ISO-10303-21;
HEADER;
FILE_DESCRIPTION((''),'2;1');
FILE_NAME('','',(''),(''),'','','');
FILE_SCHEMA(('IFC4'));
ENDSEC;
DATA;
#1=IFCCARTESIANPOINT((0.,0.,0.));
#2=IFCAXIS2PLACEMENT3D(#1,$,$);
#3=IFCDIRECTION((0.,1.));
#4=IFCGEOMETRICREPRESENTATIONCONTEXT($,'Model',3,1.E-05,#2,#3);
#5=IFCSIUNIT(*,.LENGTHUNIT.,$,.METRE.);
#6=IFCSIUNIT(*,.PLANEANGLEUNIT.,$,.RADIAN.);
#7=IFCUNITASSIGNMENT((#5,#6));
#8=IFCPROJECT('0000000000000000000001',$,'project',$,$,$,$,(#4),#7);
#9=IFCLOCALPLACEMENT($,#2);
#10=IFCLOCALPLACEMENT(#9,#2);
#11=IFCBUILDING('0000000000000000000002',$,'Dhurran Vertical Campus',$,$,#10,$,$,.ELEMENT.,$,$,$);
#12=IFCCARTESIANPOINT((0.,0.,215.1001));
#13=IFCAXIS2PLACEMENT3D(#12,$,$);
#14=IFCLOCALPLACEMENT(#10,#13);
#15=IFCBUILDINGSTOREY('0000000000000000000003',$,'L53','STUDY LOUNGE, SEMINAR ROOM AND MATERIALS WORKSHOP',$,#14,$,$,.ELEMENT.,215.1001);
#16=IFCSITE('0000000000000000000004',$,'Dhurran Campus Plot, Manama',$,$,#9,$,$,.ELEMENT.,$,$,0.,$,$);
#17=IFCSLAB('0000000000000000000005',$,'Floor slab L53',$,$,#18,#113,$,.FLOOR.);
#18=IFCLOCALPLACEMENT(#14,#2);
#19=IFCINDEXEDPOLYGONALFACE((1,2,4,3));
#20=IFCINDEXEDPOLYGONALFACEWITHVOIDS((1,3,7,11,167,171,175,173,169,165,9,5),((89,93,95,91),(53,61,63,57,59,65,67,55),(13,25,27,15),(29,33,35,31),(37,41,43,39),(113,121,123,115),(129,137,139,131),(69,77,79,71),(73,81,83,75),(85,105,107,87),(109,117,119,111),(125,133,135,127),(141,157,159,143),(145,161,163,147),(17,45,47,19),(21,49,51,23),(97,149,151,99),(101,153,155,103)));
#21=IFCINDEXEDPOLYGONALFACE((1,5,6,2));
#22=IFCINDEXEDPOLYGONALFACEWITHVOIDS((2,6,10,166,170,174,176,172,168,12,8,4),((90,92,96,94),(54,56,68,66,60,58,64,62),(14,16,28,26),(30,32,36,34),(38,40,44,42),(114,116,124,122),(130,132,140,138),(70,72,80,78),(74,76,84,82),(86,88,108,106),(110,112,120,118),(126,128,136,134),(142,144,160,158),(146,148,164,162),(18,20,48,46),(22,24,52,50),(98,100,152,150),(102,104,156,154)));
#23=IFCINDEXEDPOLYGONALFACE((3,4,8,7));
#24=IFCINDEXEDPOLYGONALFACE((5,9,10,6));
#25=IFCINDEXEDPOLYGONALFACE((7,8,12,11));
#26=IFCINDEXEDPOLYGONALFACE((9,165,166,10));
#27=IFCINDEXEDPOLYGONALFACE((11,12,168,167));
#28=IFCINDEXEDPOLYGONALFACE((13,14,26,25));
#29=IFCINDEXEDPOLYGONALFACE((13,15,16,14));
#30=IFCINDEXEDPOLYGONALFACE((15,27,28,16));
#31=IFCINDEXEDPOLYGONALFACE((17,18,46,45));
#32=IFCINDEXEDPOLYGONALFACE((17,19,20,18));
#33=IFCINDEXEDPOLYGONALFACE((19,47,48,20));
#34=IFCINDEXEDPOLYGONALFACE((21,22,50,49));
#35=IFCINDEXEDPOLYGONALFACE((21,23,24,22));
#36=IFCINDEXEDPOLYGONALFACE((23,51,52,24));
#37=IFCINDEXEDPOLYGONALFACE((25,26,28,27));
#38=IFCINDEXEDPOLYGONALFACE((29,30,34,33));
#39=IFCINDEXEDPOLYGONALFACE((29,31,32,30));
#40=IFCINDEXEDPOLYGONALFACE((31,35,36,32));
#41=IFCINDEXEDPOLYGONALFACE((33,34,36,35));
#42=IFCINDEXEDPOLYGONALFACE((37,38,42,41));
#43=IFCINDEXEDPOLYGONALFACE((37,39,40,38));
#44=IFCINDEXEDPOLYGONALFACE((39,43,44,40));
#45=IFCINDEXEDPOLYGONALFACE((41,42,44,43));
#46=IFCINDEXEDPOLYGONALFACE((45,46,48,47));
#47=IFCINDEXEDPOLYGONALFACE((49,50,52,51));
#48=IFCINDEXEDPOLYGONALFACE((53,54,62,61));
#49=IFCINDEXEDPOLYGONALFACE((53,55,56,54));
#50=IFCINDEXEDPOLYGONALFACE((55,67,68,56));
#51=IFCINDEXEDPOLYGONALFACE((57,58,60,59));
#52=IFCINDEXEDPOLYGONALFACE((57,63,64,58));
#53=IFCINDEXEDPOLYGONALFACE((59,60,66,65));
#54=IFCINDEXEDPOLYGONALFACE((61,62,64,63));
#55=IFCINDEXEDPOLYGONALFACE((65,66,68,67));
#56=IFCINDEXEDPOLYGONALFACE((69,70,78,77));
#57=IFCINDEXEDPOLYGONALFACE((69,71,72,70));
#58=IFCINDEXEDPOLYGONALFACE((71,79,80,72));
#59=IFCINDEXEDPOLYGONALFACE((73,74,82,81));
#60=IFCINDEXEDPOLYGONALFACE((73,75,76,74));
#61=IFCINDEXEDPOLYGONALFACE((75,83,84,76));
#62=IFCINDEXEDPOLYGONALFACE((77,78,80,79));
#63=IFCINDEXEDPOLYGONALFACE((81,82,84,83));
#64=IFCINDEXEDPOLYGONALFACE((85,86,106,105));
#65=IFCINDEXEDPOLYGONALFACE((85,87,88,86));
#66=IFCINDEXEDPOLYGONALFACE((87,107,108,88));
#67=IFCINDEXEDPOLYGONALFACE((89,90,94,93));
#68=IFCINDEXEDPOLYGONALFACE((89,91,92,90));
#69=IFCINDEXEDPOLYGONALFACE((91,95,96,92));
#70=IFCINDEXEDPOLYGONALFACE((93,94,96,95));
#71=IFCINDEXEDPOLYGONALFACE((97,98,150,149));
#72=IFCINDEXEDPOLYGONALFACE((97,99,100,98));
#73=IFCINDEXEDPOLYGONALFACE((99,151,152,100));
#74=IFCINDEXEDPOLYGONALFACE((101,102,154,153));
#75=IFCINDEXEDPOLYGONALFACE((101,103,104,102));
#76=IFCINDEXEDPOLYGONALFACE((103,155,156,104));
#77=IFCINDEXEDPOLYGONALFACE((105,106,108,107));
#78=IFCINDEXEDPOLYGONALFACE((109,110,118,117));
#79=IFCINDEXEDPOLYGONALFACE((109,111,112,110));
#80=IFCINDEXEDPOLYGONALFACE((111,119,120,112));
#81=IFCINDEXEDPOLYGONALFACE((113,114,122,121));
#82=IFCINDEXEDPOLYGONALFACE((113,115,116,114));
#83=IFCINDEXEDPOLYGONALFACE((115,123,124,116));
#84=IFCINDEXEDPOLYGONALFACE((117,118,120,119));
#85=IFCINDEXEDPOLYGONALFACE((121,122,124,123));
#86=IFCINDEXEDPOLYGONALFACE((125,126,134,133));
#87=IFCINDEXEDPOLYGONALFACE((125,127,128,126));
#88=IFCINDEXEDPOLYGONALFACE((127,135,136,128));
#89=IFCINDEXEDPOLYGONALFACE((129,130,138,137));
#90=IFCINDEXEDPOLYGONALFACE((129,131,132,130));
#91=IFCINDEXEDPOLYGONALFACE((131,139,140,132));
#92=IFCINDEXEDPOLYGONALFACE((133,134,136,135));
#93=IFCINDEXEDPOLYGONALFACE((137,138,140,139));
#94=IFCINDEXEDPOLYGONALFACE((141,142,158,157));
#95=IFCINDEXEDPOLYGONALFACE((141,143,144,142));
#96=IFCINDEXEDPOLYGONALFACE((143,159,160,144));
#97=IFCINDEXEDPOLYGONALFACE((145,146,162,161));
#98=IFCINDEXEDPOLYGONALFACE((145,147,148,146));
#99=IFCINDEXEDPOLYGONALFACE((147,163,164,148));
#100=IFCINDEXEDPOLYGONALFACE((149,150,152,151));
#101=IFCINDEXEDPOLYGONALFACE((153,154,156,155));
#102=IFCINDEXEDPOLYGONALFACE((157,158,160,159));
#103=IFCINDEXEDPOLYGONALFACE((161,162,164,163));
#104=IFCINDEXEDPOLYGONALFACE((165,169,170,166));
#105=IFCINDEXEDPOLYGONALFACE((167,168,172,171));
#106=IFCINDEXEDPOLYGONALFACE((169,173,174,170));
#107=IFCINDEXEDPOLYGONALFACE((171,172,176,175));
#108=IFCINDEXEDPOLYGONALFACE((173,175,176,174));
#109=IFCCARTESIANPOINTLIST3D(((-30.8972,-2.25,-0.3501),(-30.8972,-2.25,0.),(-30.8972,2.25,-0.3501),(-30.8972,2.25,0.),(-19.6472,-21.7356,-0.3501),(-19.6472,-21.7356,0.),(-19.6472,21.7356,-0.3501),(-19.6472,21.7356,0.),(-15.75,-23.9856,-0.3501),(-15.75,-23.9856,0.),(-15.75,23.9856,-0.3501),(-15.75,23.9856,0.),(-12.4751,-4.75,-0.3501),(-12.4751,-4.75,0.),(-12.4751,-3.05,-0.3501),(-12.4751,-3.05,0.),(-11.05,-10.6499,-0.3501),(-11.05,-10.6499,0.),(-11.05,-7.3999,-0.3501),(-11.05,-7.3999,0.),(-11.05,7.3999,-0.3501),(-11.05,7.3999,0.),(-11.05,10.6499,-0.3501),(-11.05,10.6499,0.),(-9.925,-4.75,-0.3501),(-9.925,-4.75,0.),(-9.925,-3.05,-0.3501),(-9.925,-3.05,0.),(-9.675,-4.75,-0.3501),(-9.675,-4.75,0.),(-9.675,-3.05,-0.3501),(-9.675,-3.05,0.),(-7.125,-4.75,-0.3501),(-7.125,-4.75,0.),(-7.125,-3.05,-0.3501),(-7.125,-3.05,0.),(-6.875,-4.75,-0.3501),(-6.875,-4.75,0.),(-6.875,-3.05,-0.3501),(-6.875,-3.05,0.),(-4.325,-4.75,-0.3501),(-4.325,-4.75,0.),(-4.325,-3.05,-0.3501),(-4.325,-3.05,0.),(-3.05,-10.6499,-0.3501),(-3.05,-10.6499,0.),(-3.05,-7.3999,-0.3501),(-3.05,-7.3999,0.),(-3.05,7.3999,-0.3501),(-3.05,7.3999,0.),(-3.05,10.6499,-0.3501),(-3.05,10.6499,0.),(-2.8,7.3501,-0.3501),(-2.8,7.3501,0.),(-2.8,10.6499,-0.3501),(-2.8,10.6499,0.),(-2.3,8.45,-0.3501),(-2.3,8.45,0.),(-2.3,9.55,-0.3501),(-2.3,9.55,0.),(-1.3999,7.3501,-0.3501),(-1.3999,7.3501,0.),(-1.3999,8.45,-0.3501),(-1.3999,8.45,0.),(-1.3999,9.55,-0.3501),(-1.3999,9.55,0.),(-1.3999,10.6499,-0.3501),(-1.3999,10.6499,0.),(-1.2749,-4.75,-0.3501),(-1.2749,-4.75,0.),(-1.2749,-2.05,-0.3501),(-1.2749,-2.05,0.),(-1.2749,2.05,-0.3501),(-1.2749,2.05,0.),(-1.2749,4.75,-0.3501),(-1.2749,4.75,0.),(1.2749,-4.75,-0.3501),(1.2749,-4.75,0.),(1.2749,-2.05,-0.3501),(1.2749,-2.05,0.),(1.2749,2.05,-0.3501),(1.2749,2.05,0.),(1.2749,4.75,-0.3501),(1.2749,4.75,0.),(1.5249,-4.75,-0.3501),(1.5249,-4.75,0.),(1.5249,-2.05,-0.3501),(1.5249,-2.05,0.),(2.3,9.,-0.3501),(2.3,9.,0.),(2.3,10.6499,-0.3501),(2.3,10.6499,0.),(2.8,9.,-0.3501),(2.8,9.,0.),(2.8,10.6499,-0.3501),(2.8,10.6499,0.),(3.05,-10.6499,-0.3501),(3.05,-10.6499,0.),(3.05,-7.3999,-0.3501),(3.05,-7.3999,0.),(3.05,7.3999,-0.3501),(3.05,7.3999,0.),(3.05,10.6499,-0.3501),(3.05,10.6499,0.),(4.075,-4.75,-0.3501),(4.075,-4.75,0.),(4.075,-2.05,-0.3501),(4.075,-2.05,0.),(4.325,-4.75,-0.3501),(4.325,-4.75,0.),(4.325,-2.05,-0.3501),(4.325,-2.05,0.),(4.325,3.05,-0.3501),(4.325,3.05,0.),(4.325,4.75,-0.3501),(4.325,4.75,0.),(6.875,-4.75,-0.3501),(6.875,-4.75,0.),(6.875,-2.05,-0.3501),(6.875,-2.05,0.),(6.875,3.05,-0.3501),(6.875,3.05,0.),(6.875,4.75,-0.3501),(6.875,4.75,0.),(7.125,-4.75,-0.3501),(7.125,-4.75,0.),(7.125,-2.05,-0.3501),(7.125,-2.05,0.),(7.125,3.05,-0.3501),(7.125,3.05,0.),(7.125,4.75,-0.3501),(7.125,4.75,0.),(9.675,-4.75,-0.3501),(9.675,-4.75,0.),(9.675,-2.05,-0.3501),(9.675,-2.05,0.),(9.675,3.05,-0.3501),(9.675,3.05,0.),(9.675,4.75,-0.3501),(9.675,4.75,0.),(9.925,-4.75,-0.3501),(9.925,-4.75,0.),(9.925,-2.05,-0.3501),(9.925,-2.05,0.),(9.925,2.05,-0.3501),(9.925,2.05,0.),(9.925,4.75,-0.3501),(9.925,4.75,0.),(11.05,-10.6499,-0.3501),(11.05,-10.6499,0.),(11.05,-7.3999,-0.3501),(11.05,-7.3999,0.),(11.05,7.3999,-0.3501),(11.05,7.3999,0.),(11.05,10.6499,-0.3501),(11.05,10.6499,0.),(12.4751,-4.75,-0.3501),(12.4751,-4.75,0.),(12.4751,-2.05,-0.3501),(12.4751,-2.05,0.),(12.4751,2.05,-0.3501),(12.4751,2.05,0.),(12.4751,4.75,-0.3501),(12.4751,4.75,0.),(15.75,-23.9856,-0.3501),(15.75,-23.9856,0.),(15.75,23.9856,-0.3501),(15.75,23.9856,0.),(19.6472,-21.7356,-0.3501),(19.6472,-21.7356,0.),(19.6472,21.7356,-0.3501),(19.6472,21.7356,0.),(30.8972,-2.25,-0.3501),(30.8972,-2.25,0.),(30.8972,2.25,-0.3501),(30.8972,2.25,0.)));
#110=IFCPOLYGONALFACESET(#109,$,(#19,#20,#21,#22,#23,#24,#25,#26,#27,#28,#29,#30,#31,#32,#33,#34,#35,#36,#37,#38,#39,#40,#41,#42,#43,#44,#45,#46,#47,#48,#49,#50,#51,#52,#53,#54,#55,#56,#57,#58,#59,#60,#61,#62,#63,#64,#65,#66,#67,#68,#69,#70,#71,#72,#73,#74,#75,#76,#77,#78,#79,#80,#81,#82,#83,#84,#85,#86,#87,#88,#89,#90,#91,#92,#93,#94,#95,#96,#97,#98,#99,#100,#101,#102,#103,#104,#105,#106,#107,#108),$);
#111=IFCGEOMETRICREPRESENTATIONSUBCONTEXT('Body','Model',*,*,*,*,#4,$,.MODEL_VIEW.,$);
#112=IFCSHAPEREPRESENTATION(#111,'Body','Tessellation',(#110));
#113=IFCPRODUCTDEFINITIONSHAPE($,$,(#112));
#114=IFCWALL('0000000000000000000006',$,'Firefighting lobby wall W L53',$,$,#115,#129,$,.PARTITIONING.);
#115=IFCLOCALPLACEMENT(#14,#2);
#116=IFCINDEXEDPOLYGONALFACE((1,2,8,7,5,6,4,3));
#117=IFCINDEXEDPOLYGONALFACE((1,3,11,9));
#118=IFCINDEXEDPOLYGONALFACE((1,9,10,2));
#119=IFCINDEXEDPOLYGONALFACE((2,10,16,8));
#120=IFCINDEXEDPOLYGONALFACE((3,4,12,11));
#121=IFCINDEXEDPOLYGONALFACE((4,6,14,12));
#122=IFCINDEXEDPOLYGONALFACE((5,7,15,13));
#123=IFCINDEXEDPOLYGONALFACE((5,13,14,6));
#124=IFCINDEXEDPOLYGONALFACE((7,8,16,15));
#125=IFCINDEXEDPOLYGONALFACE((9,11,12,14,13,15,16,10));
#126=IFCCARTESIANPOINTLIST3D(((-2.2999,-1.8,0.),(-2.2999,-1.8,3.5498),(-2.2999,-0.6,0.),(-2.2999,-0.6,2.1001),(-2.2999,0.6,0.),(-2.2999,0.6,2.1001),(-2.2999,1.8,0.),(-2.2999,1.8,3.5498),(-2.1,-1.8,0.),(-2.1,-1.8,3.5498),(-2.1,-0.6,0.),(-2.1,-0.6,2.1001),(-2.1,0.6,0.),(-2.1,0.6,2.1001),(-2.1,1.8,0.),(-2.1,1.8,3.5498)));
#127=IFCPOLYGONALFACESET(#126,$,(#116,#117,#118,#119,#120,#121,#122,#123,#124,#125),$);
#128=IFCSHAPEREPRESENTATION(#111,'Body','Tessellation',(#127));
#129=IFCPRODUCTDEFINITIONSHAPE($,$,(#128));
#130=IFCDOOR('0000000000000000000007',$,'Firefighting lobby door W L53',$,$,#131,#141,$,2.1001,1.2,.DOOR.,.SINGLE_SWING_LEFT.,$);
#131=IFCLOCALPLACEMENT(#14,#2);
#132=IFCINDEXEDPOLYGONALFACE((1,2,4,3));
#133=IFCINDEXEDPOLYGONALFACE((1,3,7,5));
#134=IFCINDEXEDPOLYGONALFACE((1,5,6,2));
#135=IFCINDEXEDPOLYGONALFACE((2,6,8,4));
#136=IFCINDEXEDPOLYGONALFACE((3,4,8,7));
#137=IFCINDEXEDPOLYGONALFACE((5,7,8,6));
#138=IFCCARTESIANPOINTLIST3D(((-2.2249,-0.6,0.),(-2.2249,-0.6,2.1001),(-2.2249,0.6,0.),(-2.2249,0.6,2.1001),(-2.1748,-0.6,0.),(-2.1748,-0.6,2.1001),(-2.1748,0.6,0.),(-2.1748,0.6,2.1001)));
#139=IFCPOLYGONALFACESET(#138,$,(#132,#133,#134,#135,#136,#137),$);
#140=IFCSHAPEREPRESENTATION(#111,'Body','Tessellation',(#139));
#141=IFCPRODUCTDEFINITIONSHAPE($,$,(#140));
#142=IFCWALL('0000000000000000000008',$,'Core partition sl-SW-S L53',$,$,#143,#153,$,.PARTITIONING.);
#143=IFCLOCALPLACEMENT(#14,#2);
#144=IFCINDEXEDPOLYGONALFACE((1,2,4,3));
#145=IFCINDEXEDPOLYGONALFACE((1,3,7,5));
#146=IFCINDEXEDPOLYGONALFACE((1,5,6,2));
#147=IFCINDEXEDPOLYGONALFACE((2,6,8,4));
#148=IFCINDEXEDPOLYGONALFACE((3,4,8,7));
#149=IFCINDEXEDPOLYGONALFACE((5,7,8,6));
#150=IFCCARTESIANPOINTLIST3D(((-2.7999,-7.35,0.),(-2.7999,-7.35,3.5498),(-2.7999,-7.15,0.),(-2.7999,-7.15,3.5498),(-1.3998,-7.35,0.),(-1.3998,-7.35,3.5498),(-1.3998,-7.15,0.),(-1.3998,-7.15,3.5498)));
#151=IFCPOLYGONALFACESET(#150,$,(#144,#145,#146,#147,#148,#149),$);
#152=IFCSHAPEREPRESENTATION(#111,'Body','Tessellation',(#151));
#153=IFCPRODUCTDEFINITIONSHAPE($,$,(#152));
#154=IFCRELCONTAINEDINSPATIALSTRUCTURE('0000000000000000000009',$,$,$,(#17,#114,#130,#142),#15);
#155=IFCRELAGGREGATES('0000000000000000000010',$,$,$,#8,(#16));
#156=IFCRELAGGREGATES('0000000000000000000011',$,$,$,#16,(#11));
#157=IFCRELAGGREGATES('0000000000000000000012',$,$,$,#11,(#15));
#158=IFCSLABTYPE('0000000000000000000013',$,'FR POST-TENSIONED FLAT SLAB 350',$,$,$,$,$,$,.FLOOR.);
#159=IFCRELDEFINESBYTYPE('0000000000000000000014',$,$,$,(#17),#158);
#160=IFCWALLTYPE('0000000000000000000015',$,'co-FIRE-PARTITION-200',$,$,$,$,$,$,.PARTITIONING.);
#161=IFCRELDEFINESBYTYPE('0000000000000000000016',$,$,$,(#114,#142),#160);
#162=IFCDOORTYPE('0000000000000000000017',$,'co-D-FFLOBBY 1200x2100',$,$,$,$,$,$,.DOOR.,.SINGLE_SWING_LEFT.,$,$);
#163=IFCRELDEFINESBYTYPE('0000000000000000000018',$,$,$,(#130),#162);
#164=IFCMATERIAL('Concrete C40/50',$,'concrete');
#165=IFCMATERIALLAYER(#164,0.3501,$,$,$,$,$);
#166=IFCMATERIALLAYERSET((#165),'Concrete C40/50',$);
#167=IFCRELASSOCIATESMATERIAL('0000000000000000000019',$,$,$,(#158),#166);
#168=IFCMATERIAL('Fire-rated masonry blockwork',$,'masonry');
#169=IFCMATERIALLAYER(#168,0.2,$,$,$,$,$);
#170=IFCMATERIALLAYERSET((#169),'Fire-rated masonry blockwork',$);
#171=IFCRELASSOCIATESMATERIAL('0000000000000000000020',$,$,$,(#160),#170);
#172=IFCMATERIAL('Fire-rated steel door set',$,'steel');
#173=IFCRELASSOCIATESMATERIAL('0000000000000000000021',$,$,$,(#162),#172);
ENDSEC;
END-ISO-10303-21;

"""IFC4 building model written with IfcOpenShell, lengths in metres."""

from ifc_helpers import new_model, si_unit, direction, frame, frame_2d, origin, place, context, subcontext, project, spatial, polyline, rectangle, outline, extrude, material, layer, layer_set, type_object, element, fill, save


model = new_model("IFC4")

# Units and contexts
model_context = context("Model", 3, precision=1e-05, world=origin(), true_north=direction((0.0, 1.0)))
body_context = subcontext(model_context, "Body", "Model", "MODEL_VIEW")
ifc_project = project(units=[si_unit("LENGTHUNIT", "METRE"), si_unit("PLANEANGLEUNIT", "RADIAN")], contexts=[model_context])

# Site, building, storey
site_placement = place(None, origin())
site = spatial("IfcSite", under=ifc_project, at=site_placement, Name="Dhurran Campus Plot, Manama", CompositionType="ELEMENT", RefElevation=0.0)
building_placement = place(site_placement, origin())
building = spatial("IfcBuilding", under=site, at=building_placement, Name="Dhurran Vertical Campus", CompositionType="ELEMENT")
storey_placement = place(building_placement, frame((0.0, 0.0, 215.1001)))
storey = spatial("IfcBuildingStorey", under=building, at=storey_placement, Name="L53", Description="STUDY LOUNGE, SEMINAR ROOM AND MATERIALS WORKSHOP", CompositionType="ELEMENT", Elevation=215.1001)

# Slab
ifc_material_1 = material(Name="Concrete C40/50", Category="concrete")
ifc_layer_1 = layer(ifc_material_1, 0.3501)
ifc_layer_set_1 = layer_set([ifc_layer_1], Name="Concrete C40/50")
slab_type = type_object("IfcSlabType", Name="FR POST-TENSIONED FLAT SLAB 350", PredefinedType="FLOOR", material=ifc_layer_set_1)
slab_placement = place(storey_placement, frame((0.0, 0.0, -0.3501)))
element("IfcSlab", 1, at=slab_placement, inside=storey, type_object=slab_type, Name="Floor slab L53", PredefinedType="FLOOR", context=body_context, shape_type="SweptSolid", body=[
    extrude(outline(polyline([(-15.75, -23.9856), (15.75, -23.9856), (19.6472, -21.7356), (30.8972, -2.25), (30.8972, 2.25), (19.6472, 21.7356), (15.75, 23.9856), (-15.75, 23.9856), (-19.6472, 21.7356), (-30.8972, 2.25), (-30.8972, -2.25), (-19.6472, -21.7356), (-15.75, -23.9856)]), holes=[polyline([(-1.2749, 2.05), (1.2749, 2.05), (1.2749, 4.75), (-1.2749, 4.75), (-1.2749, 2.05)]), polyline([(9.925, 2.05), (12.4751, 2.05), (12.4751, 4.75), (9.925, 4.75), (9.925, 2.05)]), polyline([(-1.2749, -4.75), (1.2749, -4.75), (1.2749, -2.05), (-1.2749, -2.05), (-1.2749, -4.75)]), polyline([(1.5249, -4.75), (4.075, -4.75), (4.075, -2.05), (1.5249, -2.05), (1.5249, -4.75)]), polyline([(4.325, -4.75), (6.875, -4.75), (6.875, -2.05), (4.325, -2.05), (4.325, -4.75)]), polyline([(7.125, -4.75), (9.675, -4.75), (9.675, -2.05), (7.125, -2.05), (7.125, -4.75)]), polyline([(9.925, -4.75), (12.4751, -4.75), (12.4751, -2.05), (9.925, -2.05), (9.925, -4.75)]), polyline([(4.325, 3.05), (6.875, 3.05), (6.875, 4.75), (4.325, 4.75), (4.325, 3.05)]), polyline([(7.125, 3.05), (9.675, 3.05), (9.675, 4.75), (7.125, 4.75), (7.125, 3.05)]), polyline([(-12.4751, -4.75), (-9.925, -4.75), (-9.925, -3.05), (-12.4751, -3.05), (-12.4751, -4.75)]), polyline([(-9.675, -4.75), (-7.125, -4.75), (-7.125, -3.05), (-9.675, -3.05), (-9.675, -4.75)]), polyline([(-6.875, -4.75), (-4.325, -4.75), (-4.325, -3.05), (-6.875, -3.05), (-6.875, -4.75)]), polyline([(-11.05, 7.3999), (-3.05, 7.3999), (-3.05, 10.6499), (-11.05, 10.6499), (-11.05, 7.3999)]), polyline([(3.05, 7.3999), (11.05, 7.3999), (11.05, 10.6499), (3.05, 10.6499), (3.05, 7.3999)]), polyline([(-11.05, -10.6499), (-3.05, -10.6499), (-3.05, -7.3999), (-11.05, -7.3999), (-11.05, -10.6499)]), polyline([(3.05, -10.6499), (11.05, -10.6499), (11.05, -7.3999), (3.05, -7.3999), (3.05, -10.6499)]), polyline([(-2.8, 10.6499), (-1.3999, 10.6499), (-1.3999, 9.55), (-2.3, 9.55), (-2.3, 8.45), (-1.3999, 8.45), (-1.3999, 7.3501), (-2.8, 7.3501), (-2.8, 10.6499)]), polyline([(2.3, 9.0), (2.3, 10.6499), (2.8, 10.6499), (2.8, 9.0), (2.3, 9.0)])]), origin(), (0.0, 0.0, 1.0), 0.3501),
])

# Wall, opening, door
ifc_material_2 = material(Name="Fire-rated masonry blockwork", Category="masonry")
ifc_layer_2 = layer(ifc_material_2, 0.2)
ifc_layer_set_2 = layer_set([ifc_layer_2], Name="Fire-rated masonry blockwork")
wall_type_1 = type_object("IfcWallType", Name="co-FIRE-PARTITION-200", PredefinedType="PARTITIONING", material=ifc_layer_set_2)
wall_1_placement = place(storey_placement, frame((-2.2, -1.8, 0.0), z_axis=(0.0, 0.0, 1.0), x_axis=(0.0, 1.0, 0.0)))
wall_1 = element("IfcWall", 2, at=wall_1_placement, inside=storey, type_object=wall_type_1, Name="Firefighting lobby wall W L53", PredefinedType="PARTITIONING", context=body_context, shape_type="SweptSolid", body=[
    extrude(rectangle(XDim=3.6001, YDim=0.2, at=frame_2d((1.8, 0.0))), origin(), (0.0, 0.0, 1.0), 3.5498),
])
opening_1_placement = place(wall_1_placement, frame((1.2, 0.0, 0.0)))
opening_1 = element("IfcOpeningElement", 3, at=opening_1_placement, cuts=wall_1, PredefinedType="OPENING", context=body_context, shape_type="SweptSolid", body=[
    extrude(rectangle(XDim=1.2, YDim=2.1001, at=frame_2d((0.6001, 1.05))), frame((0.0, 0.1099, 0.0), z_axis=(0.0, -1.0, 0.0), x_axis=(1.0, 0.0, 0.0)), (0.0, 0.0, 1.0), 0.22),
])
ifc_material_3 = material(Name="Fire-rated steel door set", Category="steel")
door_type_1 = type_object("IfcDoorType", Name="co-D-FFLOBBY 1200x2100", OperationType="SINGLE_SWING_LEFT", PredefinedType="DOOR", material=ifc_material_3)
door_1_placement = place(opening_1_placement, origin())
door_1 = element("IfcDoor", 4, at=door_1_placement, inside=storey, type_object=door_type_1, Name="Firefighting lobby door W L53", OperationType="SINGLE_SWING_LEFT", OverallHeight=2.1001, OverallWidth=1.2, PredefinedType="DOOR", context=body_context, shape_type="SweptSolid", body=[
    extrude(rectangle(XDim=1.2, YDim=2.1001, at=frame_2d((0.6001, 1.05))), frame((0.0, 0.0249, 0.0), z_axis=(0.0, -1.0, 0.0), x_axis=(1.0, 0.0, 0.0)), (0.0, 0.0, 1.0), 0.05),
])
fill(opening_1, door_1)

# Wall
wall_2_placement = place(storey_placement, frame((-2.8, -7.25, 0.0), z_axis=(0.0, 0.0, 1.0), x_axis=(1.0, 0.0, 0.0)))
element("IfcWall", 5, at=wall_2_placement, inside=storey, type_object=wall_type_1, Name="Core partition sl-SW-S L53", PredefinedType="PARTITIONING", context=body_context, shape_type="SweptSolid", body=[
    extrude(rectangle(XDim=1.4001, YDim=0.2, at=frame_2d((0.7002, 0.0))), origin(), (0.0, 0.0, 1.0), 3.5498),
])

save(model, "model.ifc")
